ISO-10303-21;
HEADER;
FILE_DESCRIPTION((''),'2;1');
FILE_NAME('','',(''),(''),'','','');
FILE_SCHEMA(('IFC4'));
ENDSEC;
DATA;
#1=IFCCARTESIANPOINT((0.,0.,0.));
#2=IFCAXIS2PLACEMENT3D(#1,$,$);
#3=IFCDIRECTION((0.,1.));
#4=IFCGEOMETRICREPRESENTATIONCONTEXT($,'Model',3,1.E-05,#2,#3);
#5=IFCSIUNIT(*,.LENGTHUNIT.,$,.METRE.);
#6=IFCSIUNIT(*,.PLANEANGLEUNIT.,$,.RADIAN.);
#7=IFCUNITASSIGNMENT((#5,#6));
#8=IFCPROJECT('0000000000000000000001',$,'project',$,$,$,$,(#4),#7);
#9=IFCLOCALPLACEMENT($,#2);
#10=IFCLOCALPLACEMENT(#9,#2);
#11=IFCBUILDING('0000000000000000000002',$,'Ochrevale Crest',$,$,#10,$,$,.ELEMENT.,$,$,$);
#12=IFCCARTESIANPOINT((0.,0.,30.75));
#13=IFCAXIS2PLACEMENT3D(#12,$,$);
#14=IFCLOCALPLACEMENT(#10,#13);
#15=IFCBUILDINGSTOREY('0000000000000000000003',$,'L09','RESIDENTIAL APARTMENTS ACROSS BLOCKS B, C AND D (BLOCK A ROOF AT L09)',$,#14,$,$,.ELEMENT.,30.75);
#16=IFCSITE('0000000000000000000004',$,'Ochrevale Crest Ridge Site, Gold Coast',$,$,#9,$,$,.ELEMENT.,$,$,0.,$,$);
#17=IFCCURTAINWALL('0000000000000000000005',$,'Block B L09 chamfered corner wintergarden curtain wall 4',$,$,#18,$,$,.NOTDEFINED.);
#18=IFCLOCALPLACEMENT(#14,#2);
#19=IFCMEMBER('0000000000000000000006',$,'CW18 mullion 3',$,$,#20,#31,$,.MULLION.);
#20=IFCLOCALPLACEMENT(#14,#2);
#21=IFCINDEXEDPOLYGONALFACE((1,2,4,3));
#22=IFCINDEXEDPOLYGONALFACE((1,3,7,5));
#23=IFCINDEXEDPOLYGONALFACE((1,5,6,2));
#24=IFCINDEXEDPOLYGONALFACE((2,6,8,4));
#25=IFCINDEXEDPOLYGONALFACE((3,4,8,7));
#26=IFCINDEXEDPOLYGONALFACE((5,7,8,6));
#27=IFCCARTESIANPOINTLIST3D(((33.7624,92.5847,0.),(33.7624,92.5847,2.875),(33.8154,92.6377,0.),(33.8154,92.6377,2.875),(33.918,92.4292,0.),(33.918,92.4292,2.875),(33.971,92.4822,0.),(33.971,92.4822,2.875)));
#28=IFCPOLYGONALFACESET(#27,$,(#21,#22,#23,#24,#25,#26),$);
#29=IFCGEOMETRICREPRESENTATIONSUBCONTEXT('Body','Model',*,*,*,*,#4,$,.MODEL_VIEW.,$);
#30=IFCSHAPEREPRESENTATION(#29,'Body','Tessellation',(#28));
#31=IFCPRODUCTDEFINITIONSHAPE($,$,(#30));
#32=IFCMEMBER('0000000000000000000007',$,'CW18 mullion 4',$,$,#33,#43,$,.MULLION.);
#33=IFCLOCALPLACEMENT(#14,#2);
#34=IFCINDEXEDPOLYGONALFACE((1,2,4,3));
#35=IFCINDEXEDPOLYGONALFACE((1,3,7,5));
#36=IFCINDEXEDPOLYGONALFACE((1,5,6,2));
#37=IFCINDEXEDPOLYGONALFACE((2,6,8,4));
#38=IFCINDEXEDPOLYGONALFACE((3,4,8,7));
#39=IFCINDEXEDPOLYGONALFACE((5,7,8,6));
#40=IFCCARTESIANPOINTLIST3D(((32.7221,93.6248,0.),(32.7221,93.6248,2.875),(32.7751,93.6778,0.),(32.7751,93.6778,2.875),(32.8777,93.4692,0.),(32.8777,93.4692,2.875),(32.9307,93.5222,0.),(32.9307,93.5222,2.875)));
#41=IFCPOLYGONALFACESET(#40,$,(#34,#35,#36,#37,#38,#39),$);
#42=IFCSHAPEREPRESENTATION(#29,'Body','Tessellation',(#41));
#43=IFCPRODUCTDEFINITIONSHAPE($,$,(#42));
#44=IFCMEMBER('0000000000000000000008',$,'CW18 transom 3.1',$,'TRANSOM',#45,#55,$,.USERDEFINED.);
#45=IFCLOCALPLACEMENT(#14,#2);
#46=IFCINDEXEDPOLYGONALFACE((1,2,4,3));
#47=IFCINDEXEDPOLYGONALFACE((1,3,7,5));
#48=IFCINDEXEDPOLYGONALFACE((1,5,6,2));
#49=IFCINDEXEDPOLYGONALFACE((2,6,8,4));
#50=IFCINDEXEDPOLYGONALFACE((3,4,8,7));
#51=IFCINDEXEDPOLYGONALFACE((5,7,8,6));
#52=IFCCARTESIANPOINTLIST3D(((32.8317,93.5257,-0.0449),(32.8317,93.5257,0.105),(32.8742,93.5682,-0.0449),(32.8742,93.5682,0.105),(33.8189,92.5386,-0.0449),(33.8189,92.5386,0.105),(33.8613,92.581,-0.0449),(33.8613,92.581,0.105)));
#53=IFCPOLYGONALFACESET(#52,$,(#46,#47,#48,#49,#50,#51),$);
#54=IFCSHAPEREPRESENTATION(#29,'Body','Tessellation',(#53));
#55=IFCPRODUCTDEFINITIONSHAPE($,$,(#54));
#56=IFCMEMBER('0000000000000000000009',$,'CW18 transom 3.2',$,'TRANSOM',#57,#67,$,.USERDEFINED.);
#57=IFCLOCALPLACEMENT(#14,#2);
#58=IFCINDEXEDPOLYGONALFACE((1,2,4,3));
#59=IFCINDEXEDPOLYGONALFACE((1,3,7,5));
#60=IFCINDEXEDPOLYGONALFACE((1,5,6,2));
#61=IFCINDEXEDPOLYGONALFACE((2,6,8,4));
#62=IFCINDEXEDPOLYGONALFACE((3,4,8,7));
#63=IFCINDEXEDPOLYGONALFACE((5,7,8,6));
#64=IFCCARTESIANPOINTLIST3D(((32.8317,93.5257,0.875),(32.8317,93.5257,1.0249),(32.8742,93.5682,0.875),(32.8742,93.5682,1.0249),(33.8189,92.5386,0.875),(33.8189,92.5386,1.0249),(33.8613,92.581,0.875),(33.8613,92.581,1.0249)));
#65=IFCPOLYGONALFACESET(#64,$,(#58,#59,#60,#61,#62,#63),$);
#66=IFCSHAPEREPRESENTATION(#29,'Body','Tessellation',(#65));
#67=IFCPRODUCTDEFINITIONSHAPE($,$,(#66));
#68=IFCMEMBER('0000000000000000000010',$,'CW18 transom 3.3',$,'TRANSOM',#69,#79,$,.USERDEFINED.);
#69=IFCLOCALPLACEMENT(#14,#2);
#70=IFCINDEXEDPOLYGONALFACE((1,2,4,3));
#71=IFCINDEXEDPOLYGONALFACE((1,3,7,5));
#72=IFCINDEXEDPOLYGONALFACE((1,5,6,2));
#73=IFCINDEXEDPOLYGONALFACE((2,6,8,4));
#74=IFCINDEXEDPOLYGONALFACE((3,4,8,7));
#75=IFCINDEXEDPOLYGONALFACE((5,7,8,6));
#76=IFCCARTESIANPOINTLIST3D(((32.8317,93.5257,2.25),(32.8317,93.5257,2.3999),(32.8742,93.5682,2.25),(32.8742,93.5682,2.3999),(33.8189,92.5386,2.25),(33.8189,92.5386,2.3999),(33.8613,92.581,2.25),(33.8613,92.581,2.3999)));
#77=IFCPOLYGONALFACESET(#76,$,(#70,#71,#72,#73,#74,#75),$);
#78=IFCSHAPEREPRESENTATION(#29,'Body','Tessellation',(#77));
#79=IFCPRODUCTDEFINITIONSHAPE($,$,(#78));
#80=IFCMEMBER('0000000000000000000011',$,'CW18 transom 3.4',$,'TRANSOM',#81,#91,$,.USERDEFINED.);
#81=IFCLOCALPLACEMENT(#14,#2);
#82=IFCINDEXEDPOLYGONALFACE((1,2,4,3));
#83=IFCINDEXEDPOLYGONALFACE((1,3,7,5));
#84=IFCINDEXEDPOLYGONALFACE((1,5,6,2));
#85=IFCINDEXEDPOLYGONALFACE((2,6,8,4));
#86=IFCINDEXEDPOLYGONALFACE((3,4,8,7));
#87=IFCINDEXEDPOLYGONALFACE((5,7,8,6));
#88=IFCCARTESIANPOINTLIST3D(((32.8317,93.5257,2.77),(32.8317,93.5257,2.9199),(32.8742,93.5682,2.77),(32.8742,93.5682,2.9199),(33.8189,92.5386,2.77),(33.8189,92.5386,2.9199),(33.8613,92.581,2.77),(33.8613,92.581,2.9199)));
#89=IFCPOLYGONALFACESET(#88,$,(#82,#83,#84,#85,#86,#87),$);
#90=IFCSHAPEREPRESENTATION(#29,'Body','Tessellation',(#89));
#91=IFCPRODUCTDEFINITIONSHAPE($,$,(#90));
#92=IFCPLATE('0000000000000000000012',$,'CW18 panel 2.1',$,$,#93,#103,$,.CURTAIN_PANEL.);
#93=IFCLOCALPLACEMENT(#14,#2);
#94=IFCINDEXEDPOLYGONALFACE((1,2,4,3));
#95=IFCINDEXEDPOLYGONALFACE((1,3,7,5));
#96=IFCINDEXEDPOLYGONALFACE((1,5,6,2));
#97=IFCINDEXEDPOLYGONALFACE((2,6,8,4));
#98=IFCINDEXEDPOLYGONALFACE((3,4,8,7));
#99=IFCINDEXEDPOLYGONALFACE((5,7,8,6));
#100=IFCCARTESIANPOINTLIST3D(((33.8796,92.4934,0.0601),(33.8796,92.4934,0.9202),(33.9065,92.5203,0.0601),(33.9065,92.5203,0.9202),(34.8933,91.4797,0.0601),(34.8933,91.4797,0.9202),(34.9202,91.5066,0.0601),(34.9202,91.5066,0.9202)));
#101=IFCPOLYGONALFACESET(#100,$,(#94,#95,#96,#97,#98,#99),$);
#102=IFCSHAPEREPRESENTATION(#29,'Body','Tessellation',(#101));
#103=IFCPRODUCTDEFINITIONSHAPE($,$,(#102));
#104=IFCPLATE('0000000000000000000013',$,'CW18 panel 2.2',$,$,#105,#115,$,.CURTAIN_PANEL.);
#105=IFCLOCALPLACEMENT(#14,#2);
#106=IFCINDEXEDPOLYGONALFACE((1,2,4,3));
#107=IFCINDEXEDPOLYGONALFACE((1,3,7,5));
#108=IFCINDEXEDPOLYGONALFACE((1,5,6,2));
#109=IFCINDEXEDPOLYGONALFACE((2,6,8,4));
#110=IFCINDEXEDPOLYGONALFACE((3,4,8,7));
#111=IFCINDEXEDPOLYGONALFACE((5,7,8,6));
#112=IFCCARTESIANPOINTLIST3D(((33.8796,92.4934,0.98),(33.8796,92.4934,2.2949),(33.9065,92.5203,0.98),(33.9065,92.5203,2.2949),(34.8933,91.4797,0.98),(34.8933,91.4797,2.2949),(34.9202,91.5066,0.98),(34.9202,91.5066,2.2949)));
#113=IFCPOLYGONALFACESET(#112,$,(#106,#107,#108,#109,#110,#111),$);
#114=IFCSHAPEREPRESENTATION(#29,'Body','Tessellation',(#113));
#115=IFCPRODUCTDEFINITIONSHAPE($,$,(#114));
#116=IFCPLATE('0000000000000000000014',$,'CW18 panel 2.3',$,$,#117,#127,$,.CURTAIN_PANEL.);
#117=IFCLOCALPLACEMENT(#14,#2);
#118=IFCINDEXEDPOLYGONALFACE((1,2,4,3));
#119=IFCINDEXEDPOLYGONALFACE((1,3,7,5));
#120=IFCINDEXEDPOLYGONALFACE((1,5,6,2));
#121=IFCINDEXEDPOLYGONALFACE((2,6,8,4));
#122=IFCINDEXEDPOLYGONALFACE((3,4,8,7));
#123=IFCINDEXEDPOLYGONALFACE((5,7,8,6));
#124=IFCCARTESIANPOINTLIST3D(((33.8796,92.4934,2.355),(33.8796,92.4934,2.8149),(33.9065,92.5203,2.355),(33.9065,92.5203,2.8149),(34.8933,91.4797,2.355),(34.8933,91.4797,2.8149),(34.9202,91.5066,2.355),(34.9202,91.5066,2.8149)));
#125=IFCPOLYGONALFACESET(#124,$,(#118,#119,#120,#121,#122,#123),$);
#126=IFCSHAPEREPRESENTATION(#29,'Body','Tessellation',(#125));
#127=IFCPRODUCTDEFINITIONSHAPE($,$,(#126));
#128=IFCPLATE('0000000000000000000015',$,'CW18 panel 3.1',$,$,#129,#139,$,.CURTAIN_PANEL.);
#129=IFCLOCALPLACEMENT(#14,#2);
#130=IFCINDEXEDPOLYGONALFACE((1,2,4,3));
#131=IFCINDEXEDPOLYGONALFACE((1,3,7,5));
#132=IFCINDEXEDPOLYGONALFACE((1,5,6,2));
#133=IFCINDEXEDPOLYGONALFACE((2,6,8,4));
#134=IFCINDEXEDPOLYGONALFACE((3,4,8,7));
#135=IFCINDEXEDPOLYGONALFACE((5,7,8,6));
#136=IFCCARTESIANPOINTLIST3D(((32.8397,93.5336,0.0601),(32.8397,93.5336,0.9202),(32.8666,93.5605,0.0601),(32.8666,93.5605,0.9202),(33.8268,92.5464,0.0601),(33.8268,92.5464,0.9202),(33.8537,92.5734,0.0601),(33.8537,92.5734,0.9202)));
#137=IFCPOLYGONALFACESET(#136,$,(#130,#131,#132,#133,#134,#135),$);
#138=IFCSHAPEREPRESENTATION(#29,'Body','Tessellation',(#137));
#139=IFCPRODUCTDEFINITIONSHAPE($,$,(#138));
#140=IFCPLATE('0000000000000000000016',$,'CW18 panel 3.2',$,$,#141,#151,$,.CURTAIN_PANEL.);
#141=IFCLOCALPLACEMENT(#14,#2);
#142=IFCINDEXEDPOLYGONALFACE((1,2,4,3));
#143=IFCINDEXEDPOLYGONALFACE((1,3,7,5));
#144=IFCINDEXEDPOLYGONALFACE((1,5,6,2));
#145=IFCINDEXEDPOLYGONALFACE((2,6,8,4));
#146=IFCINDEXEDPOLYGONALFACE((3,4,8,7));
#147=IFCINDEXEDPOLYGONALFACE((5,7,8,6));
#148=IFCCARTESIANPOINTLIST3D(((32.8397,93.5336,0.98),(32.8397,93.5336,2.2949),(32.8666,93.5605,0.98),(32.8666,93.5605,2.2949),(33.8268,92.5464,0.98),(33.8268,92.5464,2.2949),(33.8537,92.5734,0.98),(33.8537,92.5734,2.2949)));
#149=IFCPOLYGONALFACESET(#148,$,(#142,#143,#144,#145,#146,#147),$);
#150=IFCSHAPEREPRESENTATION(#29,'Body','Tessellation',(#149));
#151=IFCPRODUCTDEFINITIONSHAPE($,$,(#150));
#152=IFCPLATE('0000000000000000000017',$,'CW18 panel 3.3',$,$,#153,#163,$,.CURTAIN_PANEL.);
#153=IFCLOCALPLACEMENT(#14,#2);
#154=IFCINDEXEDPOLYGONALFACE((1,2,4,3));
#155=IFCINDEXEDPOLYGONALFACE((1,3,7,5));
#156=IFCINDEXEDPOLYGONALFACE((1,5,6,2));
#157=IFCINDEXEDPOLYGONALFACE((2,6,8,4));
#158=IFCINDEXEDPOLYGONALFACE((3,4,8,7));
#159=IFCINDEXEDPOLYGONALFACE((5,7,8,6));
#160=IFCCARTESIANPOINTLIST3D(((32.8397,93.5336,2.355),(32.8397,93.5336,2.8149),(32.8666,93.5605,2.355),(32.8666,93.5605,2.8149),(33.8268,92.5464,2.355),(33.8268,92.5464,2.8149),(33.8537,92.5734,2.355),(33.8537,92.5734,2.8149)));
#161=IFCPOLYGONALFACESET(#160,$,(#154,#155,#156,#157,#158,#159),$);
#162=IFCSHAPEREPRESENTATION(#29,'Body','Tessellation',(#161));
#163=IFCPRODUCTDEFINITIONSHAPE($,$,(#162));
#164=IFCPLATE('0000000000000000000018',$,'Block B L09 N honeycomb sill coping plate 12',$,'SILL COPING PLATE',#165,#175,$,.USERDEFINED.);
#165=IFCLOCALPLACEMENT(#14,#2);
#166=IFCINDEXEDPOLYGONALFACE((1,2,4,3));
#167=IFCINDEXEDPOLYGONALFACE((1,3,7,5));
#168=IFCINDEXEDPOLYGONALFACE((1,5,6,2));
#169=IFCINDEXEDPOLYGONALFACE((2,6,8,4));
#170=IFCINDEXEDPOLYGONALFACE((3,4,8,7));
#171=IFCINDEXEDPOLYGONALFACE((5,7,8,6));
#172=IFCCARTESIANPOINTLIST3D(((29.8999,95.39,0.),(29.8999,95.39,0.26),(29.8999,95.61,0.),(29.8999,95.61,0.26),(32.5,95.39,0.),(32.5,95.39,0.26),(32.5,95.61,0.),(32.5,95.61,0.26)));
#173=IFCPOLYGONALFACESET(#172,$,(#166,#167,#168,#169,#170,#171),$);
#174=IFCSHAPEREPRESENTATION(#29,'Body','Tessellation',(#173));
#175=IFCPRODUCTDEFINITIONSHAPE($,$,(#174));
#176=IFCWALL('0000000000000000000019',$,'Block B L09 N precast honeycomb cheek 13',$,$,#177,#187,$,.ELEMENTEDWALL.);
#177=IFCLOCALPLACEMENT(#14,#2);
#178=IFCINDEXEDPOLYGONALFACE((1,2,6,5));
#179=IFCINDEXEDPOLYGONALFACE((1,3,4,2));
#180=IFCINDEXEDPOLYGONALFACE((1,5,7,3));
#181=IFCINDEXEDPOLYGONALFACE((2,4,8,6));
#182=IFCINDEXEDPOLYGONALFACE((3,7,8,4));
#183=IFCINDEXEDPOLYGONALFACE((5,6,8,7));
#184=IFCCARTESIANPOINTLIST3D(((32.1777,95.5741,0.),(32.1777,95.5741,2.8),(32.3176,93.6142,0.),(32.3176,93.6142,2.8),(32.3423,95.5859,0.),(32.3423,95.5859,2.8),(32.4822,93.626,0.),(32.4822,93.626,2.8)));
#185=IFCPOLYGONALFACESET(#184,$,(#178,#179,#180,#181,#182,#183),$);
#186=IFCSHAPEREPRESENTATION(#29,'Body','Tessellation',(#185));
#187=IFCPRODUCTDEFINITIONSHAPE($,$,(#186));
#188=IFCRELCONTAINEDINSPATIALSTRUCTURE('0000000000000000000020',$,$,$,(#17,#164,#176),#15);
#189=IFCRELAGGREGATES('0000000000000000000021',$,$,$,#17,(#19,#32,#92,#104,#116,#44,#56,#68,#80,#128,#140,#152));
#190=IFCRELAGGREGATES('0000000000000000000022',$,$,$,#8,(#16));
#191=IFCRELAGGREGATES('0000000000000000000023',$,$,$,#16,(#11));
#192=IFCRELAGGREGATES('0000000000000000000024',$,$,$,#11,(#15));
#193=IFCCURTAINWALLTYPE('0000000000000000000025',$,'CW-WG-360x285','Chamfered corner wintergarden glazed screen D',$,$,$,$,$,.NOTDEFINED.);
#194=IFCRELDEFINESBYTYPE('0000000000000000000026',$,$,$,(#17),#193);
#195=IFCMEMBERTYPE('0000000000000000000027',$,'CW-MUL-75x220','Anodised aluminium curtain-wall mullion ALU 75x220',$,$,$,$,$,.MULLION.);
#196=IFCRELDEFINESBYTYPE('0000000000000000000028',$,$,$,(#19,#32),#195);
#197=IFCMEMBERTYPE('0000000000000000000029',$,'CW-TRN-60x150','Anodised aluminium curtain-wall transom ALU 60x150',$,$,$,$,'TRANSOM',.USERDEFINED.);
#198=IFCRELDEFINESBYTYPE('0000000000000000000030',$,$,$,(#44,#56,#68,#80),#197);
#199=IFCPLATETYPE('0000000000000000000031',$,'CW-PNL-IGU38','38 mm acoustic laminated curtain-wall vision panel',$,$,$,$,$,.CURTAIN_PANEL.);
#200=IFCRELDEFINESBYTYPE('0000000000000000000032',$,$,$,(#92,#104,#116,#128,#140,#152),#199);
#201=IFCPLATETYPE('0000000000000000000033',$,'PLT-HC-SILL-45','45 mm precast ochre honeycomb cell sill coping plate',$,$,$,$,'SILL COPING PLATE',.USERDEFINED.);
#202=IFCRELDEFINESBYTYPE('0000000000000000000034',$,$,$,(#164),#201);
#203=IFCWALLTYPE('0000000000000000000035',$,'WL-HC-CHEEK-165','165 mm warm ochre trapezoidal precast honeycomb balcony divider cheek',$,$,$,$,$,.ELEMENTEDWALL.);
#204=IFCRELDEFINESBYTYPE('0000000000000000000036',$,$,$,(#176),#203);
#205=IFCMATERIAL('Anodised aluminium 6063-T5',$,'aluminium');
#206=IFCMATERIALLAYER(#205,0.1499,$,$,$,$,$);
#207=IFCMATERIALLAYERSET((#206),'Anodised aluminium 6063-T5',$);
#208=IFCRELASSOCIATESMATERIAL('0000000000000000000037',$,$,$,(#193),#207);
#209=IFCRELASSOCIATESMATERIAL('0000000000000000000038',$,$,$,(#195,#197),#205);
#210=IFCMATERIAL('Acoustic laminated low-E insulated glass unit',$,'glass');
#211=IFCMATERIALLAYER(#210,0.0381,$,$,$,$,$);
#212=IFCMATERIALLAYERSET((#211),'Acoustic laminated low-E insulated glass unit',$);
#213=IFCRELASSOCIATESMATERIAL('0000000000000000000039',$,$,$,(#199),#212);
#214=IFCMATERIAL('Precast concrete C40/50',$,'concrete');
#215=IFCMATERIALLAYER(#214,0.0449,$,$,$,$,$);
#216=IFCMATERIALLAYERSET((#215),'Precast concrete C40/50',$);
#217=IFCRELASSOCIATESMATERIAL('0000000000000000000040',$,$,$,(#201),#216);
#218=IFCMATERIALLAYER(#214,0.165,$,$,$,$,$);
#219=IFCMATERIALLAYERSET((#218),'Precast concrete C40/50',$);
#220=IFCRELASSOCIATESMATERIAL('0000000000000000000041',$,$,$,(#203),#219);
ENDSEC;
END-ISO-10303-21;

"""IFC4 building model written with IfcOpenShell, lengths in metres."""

from ifc_helpers import new_model, si_unit, direction, frame, frame_2d, origin, origin_2d, place, context, subcontext, project, spatial, rectangle, extrude, material, layer, layer_set, material_profile, profile_set, type_object, element, aggregate, save


model = new_model("IFC4")

# Units and contexts
model_context = context("Model", 3, precision=1e-05, world=origin(), true_north=direction((0.0, 1.0)))
body_context = subcontext(model_context, "Body", "Model", "MODEL_VIEW")
ifc_project = project(units=[si_unit("LENGTHUNIT", "METRE"), si_unit("PLANEANGLEUNIT", "RADIAN")], contexts=[model_context])

# Site, building, storey
site_placement = place(None, origin())
site = spatial("IfcSite", under=ifc_project, at=site_placement, Name="Ochrevale Crest Ridge Site, Gold Coast", CompositionType="ELEMENT", RefElevation=0.0)
building_placement = place(site_placement, origin())
building = spatial("IfcBuilding", under=site, at=building_placement, Name="Ochrevale Crest", CompositionType="ELEMENT")
storey_placement = place(building_placement, frame((0.0, 0.0, 30.75)))
storey = spatial("IfcBuildingStorey", under=building, at=storey_placement, Name="L09", Description="RESIDENTIAL APARTMENTS ACROSS BLOCKS B, C AND D (BLOCK A ROOF AT L09)", CompositionType="ELEMENT", Elevation=30.75)

# Curtain wall, members, plates
ifc_material_1 = material(Name="Anodised aluminium 6063-T5", Category="aluminium")
ifc_layer_1 = layer(ifc_material_1, 0.1499)
ifc_layer_set_1 = layer_set([ifc_layer_1], Name="Anodised aluminium 6063-T5")
curtain_wall_type = type_object("IfcCurtainWallType", Name="CW-WG-360x285", Description="Chamfered corner wintergarden glazed screen D", PredefinedType="NOTDEFINED", material=ifc_layer_set_1)
curtain_wall_placement = place(storey_placement, origin())
curtain_wall = element("IfcCurtainWall", 1, at=curtain_wall_placement, inside=storey, type_object=curtain_wall_type, Name="Block B L09 chamfered corner wintergarden curtain wall 4", PredefinedType="NOTDEFINED")
ifc_material_profile_1 = material_profile(ifc_material_1, rectangle(XDim=0.075, YDim=0.22, at=origin_2d()), Name="ALU 75x220")
ifc_profile_set_1 = profile_set([ifc_material_profile_1], Name="Anodised aluminium 6063-T5")
member_type_1 = type_object("IfcMemberType", Name="CW-MUL-75x220", Description="Anodised aluminium curtain-wall mullion ALU 75x220", PredefinedType="MULLION", material=ifc_profile_set_1)
member_1_placement = place(storey_placement, frame((33.8667, 92.5334, 0.0), z_axis=(0.0, 0.0, 1.0), x_axis=(-0.707107, -0.707107, 0.0)))
member_1 = element("IfcMember", 2, at=member_1_placement, type_object=member_type_1, Name="CW18 mullion 3", PredefinedType="MULLION", context=body_context, shape_type="SweptSolid", body=[
    extrude(rectangle(XDim=0.075, YDim=0.22, at=origin_2d()), origin(), (0.0, 0.0, 1.0), 2.875),
])
member_2_placement = place(storey_placement, frame((32.8264, 93.5735, 0.0), z_axis=(0.0, 0.0, 1.0), x_axis=(-0.707107, -0.707107, 0.0)))
member_2 = element("IfcMember", 3, at=member_2_placement, type_object=member_type_1, Name="CW18 mullion 4", PredefinedType="MULLION", context=body_context, shape_type="SweptSolid", body=[
    extrude(rectangle(XDim=0.075, YDim=0.22, at=origin_2d()), origin(), (0.0, 0.0, 1.0), 2.875),
])
ifc_material_profile_2 = material_profile(ifc_material_1, rectangle(XDim=0.0601, YDim=0.1499, at=origin_2d()), Name="ALU 60x150")
ifc_profile_set_2 = profile_set([ifc_material_profile_2], Name="Anodised aluminium 6063-T5")
member_type_2 = type_object("IfcMemberType", Name="CW-TRN-60x150", Description="Anodised aluminium curtain-wall transom ALU 60x150", ElementType="TRANSOM", PredefinedType="USERDEFINED", material=ifc_profile_set_2)
member_3_placement = place(storey_placement, frame((33.8401, 92.5598, 0.03), z_axis=(-0.707107, 0.707107, 0.0), x_axis=(-0.707107, -0.707107, 0.0)))
member_3 = element("IfcMember", 4, at=member_3_placement, type_object=member_type_2, Name="CW18 transom 3.1", ObjectType="TRANSOM", PredefinedType="USERDEFINED", context=body_context, shape_type="SweptSolid", body=[
    extrude(rectangle(XDim=0.0601, YDim=0.1499, at=origin_2d()), origin(), (0.0, 0.0, 1.0), 1.396),
])
member_4_placement = place(storey_placement, frame((33.8401, 92.5598, 0.95), z_axis=(-0.707107, 0.707107, 0.0), x_axis=(-0.707107, -0.707107, 0.0)))
member_4 = element("IfcMember", 5, at=member_4_placement, type_object=member_type_2, Name="CW18 transom 3.2", ObjectType="TRANSOM", PredefinedType="USERDEFINED", context=body_context, shape_type="SweptSolid", body=[
    extrude(rectangle(XDim=0.0601, YDim=0.1499, at=origin_2d()), origin(), (0.0, 0.0, 1.0), 1.396),
])
member_5_placement = place(storey_placement, frame((33.8401, 92.5598, 2.325), z_axis=(-0.707107, 0.707107, 0.0), x_axis=(-0.707107, -0.707107, 0.0)))
member_5 = element("IfcMember", 6, at=member_5_placement, type_object=member_type_2, Name="CW18 transom 3.3", ObjectType="TRANSOM", PredefinedType="USERDEFINED", context=body_context, shape_type="SweptSolid", body=[
    extrude(rectangle(XDim=0.0601, YDim=0.1499, at=origin_2d()), origin(), (0.0, 0.0, 1.0), 1.396),
])
member_6_placement = place(storey_placement, frame((33.8401, 92.5598, 2.845), z_axis=(-0.707107, 0.707107, 0.0), x_axis=(-0.707107, -0.707107, 0.0)))
member_6 = element("IfcMember", 7, at=member_6_placement, type_object=member_type_2, Name="CW18 transom 3.4", ObjectType="TRANSOM", PredefinedType="USERDEFINED", context=body_context, shape_type="SweptSolid", body=[
    extrude(rectangle(XDim=0.0601, YDim=0.1499, at=origin_2d()), origin(), (0.0, 0.0, 1.0), 1.396),
])
ifc_material_2 = material(Name="Acoustic laminated low-E insulated glass unit", Category="glass")
ifc_layer_2 = layer(ifc_material_2, 0.0381)
ifc_layer_set_2 = layer_set([ifc_layer_2], Name="Acoustic laminated low-E insulated glass unit")
plate_type_1 = type_object("IfcPlateType", Name="CW-PNL-IGU38", Description="38 mm acoustic laminated curtain-wall vision panel", PredefinedType="CURTAIN_PANEL", material=ifc_layer_set_2)
plate_1_placement = place(storey_placement, frame((34.3999, 92.0, 0.0601), z_axis=(0.0, 0.0, 1.0), x_axis=(-0.707107, 0.707107, 0.0)))
plate_1 = element("IfcPlate", 8, at=plate_1_placement, type_object=plate_type_1, Name="CW18 panel 2.1", PredefinedType="CURTAIN_PANEL", context=body_context, shape_type="SweptSolid", body=[
    extrude(rectangle(XDim=1.4336, YDim=0.0381, at=origin_2d()), origin(), (0.0, 0.0, 1.0), 0.8601),
])
plate_2_placement = place(storey_placement, frame((34.3999, 92.0, 0.98), z_axis=(0.0, 0.0, 1.0), x_axis=(-0.707107, 0.707107, 0.0)))
plate_2 = element("IfcPlate", 9, at=plate_2_placement, type_object=plate_type_1, Name="CW18 panel 2.2", PredefinedType="CURTAIN_PANEL", context=body_context, shape_type="SweptSolid", body=[
    extrude(rectangle(XDim=1.4336, YDim=0.0381, at=origin_2d()), origin(), (0.0, 0.0, 1.0), 1.3149),
])
plate_3_placement = place(storey_placement, frame((34.3999, 92.0, 2.355), z_axis=(0.0, 0.0, 1.0), x_axis=(-0.707107, 0.707107, 0.0)))
plate_3 = element("IfcPlate", 10, at=plate_3_placement, type_object=plate_type_1, Name="CW18 panel 2.3", PredefinedType="CURTAIN_PANEL", context=body_context, shape_type="SweptSolid", body=[
    extrude(rectangle(XDim=1.4336, YDim=0.0381, at=origin_2d()), origin(), (0.0, 0.0, 1.0), 0.46),
])
plate_4_placement = place(storey_placement, frame((33.3467, 93.0535, 0.0601), z_axis=(0.0, 0.0, 1.0), x_axis=(-0.707107, 0.707107, 0.0)))
plate_4 = element("IfcPlate", 11, at=plate_4_placement, type_object=plate_type_1, Name="CW18 panel 3.1", PredefinedType="CURTAIN_PANEL", context=body_context, shape_type="SweptSolid", body=[
    extrude(rectangle(XDim=1.396, YDim=0.0381, at=origin_2d()), origin(), (0.0, 0.0, 1.0), 0.8601),
])
plate_5_placement = place(storey_placement, frame((33.3467, 93.0535, 0.98), z_axis=(0.0, 0.0, 1.0), x_axis=(-0.707107, 0.707107, 0.0)))
plate_5 = element("IfcPlate", 12, at=plate_5_placement, type_object=plate_type_1, Name="CW18 panel 3.2", PredefinedType="CURTAIN_PANEL", context=body_context, shape_type="SweptSolid", body=[
    extrude(rectangle(XDim=1.396, YDim=0.0381, at=origin_2d()), origin(), (0.0, 0.0, 1.0), 1.3149),
])
plate_6_placement = place(storey_placement, frame((33.3467, 93.0535, 2.355), z_axis=(0.0, 0.0, 1.0), x_axis=(-0.707107, 0.707107, 0.0)))
plate_6 = element("IfcPlate", 13, at=plate_6_placement, type_object=plate_type_1, Name="CW18 panel 3.3", PredefinedType="CURTAIN_PANEL", context=body_context, shape_type="SweptSolid", body=[
    extrude(rectangle(XDim=1.396, YDim=0.0381, at=origin_2d()), origin(), (0.0, 0.0, 1.0), 0.46),
])
aggregate(curtain_wall, [member_1, member_2, plate_1, plate_2, plate_3, member_3, member_4, member_5, member_6, plate_4, plate_5, plate_6])

# Plate
ifc_material_3 = material(Name="Precast concrete C40/50", Category="concrete")
ifc_layer_3 = layer(ifc_material_3, 0.0449)
ifc_layer_set_3 = layer_set([ifc_layer_3], Name="Precast concrete C40/50")
plate_type_2 = type_object("IfcPlateType", Name="PLT-HC-SILL-45", Description="45 mm precast ochre honeycomb cell sill coping plate", ElementType="SILL COPING PLATE", PredefinedType="USERDEFINED", material=ifc_layer_set_3)
plate_7_placement = place(storey_placement, frame((31.2, 95.5, 0.0), z_axis=(0.0, 0.0, 1.0), x_axis=(1.0, 0.0, 0.0)))
element("IfcPlate", 14, at=plate_7_placement, inside=storey, type_object=plate_type_2, Name="Block B L09 N honeycomb sill coping plate 12", ObjectType="SILL COPING PLATE", PredefinedType="USERDEFINED", context=body_context, shape_type="SweptSolid", body=[
    extrude(rectangle(XDim=2.6001, YDim=0.22, at=origin_2d()), origin(), (0.0, 0.0, 1.0), 0.26),
])

# Wall
ifc_layer_4 = layer(ifc_material_3, 0.165)
ifc_layer_set_4 = layer_set([ifc_layer_4], Name="Precast concrete C40/50")
wall_type_1 = type_object("IfcWallType", Name="WL-HC-CHEEK-165", Description="165 mm warm ochre trapezoidal precast honeycomb balcony divider cheek", PredefinedType="ELEMENTEDWALL", material=ifc_layer_set_4)
wall_1_placement = place(storey_placement, frame((32.3999, 93.6201, 0.0), z_axis=(0.0, 0.0, 1.0), x_axis=(-0.071194, 0.997462, 0.0)))
element("IfcWall", 15, at=wall_1_placement, inside=storey, type_object=wall_type_1, Name="Block B L09 N precast honeycomb cheek 13", PredefinedType="ELEMENTEDWALL", context=body_context, shape_type="SweptSolid", body=[
    extrude(rectangle(XDim=1.9648, YDim=0.165, at=frame_2d((0.9824, 0.0))), origin(), (0.0, 0.0, 1.0), 2.8),
])

save(model, "model.ifc")
